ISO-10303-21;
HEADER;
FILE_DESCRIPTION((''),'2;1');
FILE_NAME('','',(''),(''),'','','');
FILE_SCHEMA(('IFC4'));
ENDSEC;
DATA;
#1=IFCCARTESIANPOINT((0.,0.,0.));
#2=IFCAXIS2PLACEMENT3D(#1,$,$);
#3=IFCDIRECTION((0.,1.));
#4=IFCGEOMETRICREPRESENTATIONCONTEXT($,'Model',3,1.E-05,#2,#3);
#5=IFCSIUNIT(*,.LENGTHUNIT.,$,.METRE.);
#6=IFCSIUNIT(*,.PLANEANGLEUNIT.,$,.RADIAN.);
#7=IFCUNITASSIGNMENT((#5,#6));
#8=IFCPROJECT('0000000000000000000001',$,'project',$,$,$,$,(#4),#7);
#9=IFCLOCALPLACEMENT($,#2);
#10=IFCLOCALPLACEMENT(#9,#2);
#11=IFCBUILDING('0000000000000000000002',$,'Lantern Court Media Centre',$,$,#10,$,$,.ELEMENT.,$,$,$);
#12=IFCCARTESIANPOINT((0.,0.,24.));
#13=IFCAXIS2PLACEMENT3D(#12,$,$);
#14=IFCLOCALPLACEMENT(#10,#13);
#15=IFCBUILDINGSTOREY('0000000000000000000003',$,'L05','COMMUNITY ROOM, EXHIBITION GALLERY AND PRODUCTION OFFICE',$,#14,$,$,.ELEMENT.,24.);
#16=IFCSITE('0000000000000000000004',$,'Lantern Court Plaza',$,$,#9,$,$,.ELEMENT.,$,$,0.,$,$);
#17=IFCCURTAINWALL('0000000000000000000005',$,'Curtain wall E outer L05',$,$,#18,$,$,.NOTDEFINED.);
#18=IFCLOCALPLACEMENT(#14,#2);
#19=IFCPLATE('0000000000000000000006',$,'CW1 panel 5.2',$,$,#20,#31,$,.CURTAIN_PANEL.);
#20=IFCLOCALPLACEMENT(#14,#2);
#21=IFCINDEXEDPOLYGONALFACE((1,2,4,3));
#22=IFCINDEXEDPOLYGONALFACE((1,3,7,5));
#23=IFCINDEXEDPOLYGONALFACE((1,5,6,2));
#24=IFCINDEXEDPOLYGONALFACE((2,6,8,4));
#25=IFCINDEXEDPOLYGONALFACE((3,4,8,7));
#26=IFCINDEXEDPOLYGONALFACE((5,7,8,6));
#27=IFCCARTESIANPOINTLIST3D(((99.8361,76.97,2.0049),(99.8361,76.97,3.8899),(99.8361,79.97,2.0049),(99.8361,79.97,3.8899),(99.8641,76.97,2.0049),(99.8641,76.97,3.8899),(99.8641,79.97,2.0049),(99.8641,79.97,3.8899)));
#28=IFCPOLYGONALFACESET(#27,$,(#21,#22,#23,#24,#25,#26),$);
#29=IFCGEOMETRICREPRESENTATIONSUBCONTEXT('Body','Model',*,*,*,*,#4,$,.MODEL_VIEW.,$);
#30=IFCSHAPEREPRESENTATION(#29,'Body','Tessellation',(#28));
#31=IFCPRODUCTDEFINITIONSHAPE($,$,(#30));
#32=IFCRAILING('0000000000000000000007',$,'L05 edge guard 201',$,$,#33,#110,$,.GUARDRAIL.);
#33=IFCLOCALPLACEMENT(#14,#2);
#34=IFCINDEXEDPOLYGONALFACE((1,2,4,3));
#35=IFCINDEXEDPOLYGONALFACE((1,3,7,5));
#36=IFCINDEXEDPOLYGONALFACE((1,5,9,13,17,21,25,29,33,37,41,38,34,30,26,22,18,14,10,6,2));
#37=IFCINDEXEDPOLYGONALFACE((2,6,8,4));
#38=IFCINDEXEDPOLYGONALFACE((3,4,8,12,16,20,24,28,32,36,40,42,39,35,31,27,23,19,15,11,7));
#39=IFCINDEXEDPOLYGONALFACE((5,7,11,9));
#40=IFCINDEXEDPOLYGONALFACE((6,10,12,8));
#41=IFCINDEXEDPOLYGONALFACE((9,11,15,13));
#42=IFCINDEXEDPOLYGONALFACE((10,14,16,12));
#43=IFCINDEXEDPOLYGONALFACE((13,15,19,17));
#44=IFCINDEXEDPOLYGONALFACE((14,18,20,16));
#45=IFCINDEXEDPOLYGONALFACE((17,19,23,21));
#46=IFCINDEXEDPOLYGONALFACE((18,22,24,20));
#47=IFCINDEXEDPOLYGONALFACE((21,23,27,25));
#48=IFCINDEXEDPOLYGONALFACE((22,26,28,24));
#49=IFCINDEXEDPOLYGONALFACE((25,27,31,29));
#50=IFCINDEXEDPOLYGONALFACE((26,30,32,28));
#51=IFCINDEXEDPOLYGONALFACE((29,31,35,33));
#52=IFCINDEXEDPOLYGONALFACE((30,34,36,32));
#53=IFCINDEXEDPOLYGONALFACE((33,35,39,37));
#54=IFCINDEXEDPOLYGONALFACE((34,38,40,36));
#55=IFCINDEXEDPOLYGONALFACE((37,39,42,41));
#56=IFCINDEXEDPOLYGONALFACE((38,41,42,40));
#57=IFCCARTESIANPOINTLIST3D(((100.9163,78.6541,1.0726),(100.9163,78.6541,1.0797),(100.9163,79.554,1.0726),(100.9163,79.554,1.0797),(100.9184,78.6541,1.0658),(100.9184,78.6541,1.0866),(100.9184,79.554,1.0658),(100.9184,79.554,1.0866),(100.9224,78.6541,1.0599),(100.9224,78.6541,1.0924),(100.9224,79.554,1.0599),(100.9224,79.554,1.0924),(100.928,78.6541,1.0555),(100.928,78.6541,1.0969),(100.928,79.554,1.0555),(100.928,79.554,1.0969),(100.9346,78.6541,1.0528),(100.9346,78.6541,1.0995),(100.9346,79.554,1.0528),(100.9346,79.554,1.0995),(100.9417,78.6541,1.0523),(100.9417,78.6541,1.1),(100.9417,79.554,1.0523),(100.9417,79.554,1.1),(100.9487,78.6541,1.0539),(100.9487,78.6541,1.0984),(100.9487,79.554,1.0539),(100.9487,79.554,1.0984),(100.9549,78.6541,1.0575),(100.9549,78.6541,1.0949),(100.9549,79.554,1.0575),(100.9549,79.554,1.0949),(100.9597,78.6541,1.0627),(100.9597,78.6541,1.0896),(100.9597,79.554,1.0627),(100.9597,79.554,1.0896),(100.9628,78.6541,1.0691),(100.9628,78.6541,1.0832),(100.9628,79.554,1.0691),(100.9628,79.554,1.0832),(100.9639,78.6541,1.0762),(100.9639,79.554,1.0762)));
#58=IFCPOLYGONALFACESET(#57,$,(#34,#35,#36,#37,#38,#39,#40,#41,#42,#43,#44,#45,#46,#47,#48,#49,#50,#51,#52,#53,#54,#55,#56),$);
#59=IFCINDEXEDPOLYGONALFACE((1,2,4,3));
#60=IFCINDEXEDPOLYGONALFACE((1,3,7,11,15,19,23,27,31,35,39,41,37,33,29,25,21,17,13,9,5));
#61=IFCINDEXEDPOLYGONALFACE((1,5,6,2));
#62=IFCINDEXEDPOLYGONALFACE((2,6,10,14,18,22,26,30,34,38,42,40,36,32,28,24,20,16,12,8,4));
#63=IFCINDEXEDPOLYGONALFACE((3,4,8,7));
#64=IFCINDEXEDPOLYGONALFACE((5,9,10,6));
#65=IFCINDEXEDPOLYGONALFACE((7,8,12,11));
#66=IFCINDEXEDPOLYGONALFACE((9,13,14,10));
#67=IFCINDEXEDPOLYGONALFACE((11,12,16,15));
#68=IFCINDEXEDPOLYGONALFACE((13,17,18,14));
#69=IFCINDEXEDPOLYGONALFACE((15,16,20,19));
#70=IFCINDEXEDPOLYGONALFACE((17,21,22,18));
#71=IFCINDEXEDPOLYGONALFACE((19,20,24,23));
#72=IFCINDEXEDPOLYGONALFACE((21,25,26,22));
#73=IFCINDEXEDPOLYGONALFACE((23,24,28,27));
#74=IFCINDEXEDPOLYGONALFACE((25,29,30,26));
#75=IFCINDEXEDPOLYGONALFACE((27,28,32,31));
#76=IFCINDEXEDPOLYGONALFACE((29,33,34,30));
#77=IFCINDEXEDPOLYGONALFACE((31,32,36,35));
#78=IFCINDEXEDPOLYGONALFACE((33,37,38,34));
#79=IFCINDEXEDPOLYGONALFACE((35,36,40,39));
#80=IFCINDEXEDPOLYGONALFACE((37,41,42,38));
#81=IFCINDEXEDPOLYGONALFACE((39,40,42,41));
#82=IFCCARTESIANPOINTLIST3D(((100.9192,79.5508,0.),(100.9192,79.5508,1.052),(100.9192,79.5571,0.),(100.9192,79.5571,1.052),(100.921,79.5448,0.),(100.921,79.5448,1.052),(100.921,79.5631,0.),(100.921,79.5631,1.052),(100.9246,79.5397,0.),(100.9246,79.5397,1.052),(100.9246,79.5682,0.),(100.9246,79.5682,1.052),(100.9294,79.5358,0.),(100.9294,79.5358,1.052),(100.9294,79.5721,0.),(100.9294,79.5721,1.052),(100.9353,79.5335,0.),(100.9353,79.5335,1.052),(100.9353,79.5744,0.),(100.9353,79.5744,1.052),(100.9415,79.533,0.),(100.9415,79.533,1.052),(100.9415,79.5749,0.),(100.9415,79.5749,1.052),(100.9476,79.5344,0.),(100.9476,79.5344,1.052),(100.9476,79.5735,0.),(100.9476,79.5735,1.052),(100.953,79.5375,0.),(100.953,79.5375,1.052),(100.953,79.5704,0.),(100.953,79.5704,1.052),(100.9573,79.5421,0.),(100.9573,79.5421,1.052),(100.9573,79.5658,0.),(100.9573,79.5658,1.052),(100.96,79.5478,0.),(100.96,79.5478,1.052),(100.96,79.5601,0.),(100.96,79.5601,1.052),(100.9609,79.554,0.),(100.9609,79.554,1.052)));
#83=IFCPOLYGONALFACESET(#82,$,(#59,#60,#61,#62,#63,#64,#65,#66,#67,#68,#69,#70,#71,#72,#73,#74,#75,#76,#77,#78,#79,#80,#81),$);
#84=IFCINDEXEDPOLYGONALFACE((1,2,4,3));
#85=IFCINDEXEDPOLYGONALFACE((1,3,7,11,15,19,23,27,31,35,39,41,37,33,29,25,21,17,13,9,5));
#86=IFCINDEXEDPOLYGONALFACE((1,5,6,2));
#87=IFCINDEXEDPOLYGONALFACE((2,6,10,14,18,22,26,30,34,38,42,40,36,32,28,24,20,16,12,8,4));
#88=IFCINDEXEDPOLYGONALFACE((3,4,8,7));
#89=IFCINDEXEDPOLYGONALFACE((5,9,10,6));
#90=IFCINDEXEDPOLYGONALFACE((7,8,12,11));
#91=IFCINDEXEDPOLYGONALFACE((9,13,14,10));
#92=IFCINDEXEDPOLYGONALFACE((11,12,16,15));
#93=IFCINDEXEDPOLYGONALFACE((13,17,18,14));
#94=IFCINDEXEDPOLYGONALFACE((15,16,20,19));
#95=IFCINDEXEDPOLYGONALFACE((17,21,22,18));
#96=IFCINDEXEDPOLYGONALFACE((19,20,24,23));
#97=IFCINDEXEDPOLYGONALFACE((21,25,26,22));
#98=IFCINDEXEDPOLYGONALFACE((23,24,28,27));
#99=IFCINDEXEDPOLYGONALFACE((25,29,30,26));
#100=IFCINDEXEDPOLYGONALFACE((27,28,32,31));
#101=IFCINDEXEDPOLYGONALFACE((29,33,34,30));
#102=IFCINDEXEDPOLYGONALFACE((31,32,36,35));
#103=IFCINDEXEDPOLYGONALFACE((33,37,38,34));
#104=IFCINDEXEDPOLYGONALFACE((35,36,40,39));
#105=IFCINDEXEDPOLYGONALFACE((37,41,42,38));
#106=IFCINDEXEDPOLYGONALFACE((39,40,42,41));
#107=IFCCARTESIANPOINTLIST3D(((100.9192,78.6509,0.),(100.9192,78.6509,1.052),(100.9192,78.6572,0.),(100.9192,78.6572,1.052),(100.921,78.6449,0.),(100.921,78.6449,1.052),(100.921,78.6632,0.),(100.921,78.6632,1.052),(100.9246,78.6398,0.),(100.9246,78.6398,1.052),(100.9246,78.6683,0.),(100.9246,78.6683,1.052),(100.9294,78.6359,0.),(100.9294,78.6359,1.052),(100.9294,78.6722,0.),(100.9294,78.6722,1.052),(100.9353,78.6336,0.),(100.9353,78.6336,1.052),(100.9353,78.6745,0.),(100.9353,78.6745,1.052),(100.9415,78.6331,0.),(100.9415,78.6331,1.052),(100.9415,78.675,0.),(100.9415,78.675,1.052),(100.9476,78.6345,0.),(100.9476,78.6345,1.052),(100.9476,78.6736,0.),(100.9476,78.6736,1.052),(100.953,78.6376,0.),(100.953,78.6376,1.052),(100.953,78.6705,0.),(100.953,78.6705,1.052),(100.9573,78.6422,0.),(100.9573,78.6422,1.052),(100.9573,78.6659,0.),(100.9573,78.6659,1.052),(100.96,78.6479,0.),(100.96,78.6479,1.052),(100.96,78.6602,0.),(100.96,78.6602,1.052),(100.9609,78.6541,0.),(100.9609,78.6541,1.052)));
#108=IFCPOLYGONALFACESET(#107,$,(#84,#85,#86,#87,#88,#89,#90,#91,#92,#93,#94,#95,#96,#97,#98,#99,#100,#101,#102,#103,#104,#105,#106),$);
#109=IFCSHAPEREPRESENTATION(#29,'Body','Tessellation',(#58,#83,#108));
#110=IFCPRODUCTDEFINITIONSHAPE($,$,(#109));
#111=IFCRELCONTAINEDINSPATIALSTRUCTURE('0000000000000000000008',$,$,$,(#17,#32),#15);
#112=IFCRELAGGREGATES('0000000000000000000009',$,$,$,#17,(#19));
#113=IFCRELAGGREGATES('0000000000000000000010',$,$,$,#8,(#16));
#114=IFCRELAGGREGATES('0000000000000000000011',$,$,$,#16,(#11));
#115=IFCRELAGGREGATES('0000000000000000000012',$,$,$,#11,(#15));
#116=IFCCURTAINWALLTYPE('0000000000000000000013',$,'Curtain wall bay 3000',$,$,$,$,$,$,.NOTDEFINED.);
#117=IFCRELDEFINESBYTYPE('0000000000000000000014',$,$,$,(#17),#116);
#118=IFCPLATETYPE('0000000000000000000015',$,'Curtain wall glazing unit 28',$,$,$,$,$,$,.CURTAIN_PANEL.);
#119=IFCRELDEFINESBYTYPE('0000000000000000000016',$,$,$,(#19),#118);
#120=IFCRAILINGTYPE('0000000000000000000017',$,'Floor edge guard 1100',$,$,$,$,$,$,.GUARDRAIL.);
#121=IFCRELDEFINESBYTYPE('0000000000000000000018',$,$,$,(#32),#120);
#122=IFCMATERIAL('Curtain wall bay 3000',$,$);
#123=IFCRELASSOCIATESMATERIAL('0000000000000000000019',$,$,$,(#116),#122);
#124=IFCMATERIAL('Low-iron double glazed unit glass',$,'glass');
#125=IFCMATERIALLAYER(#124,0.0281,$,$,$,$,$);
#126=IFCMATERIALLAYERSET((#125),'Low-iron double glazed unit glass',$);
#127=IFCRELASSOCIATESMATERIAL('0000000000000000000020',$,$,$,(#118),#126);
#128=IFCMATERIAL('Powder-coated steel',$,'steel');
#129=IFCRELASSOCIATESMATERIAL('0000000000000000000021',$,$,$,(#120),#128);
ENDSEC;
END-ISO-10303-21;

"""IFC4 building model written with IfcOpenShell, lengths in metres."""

from ifc_helpers import new_model, si_unit, direction, frame, origin, origin_2d, place, context, subcontext, project, spatial, rectangle, circle, extrude, material, layer, layer_set, type_object, element, aggregate, save


model = new_model("IFC4")

# Units and contexts
model_context = context("Model", 3, precision=1e-05, world=origin(), true_north=direction((0.0, 1.0)))
body_context = subcontext(model_context, "Body", "Model", "MODEL_VIEW")
ifc_project = project(units=[si_unit("LENGTHUNIT", "METRE"), si_unit("PLANEANGLEUNIT", "RADIAN")], contexts=[model_context])

# Site, building, storey
site_placement = place(None, origin())
site = spatial("IfcSite", under=ifc_project, at=site_placement, Name="Lantern Court Plaza", CompositionType="ELEMENT", RefElevation=0.0)
building_placement = place(site_placement, origin())
building = spatial("IfcBuilding", under=site, at=building_placement, Name="Lantern Court Media Centre", CompositionType="ELEMENT")
storey_placement = place(building_placement, frame((0.0, 0.0, 24.0)))
storey = spatial("IfcBuildingStorey", under=building, at=storey_placement, Name="L05", Description="COMMUNITY ROOM, EXHIBITION GALLERY AND PRODUCTION OFFICE", CompositionType="ELEMENT", Elevation=24.0)

# Curtain wall
ifc_material_1 = material(Name="Curtain wall bay 3000")
curtain_wall_type = type_object("IfcCurtainWallType", Name="Curtain wall bay 3000", PredefinedType="NOTDEFINED", material=ifc_material_1)
curtain_wall_placement = place(storey_placement, origin())
curtain_wall = element("IfcCurtainWall", 1, at=curtain_wall_placement, inside=storey, type_object=curtain_wall_type, Name="Curtain wall E outer L05", PredefinedType="NOTDEFINED")

# Plate
ifc_material_2 = material(Name="Low-iron double glazed unit glass", Category="glass")
ifc_layer_1 = layer(ifc_material_2, 0.0281)
ifc_layer_set_1 = layer_set([ifc_layer_1], Name="Low-iron double glazed unit glass")
plate_type = type_object("IfcPlateType", Name="Curtain wall glazing unit 28", PredefinedType="CURTAIN_PANEL", material=ifc_layer_set_1)
plate_1_placement = place(storey_placement, frame((99.8501, 78.47, 2.0049), z_axis=(0.0, 0.0, 1.0), x_axis=(0.0, 1.0, 0.0)))
plate_1 = element("IfcPlate", 2, at=plate_1_placement, type_object=plate_type, Name="CW1 panel 5.2", PredefinedType="CURTAIN_PANEL", context=body_context, shape_type="SweptSolid", body=[
    extrude(rectangle(XDim=3.0, YDim=0.0281, at=origin_2d()), origin(), (0.0, 0.0, 1.0), 1.885),
])
aggregate(curtain_wall, [plate_1])

# Railing
ifc_material_3 = material(Name="Powder-coated steel", Category="steel")
railing_type = type_object("IfcRailingType", Name="Floor edge guard 1100", PredefinedType="GUARDRAIL", material=ifc_material_3)
railing_1_placement = place(storey_placement, frame((100.9399, 79.554, 0.0)))
element("IfcRailing", 3, at=railing_1_placement, inside=storey, type_object=railing_type, Name="L05 edge guard 201", PredefinedType="GUARDRAIL", context=body_context, shape_type="SweptSolid", body=[
    extrude(circle(Radius=0.0239, at=origin_2d()), frame((0.0, 0.0, 1.0762), z_axis=(0.0, -1.0, 0.0), x_axis=(1.0, 0.0, 0.0)), (0.0, 0.0, 1.0), 0.8999),
    extrude(circle(Radius=0.021, at=origin_2d()), origin(), (0.0, 0.0, 1.0), 1.052),
    extrude(circle(Radius=0.021, at=origin_2d()), frame((0.0, -0.8999, 0.0)), (0.0, 0.0, 1.0), 1.052),
])

save(model, "model.ifc")
